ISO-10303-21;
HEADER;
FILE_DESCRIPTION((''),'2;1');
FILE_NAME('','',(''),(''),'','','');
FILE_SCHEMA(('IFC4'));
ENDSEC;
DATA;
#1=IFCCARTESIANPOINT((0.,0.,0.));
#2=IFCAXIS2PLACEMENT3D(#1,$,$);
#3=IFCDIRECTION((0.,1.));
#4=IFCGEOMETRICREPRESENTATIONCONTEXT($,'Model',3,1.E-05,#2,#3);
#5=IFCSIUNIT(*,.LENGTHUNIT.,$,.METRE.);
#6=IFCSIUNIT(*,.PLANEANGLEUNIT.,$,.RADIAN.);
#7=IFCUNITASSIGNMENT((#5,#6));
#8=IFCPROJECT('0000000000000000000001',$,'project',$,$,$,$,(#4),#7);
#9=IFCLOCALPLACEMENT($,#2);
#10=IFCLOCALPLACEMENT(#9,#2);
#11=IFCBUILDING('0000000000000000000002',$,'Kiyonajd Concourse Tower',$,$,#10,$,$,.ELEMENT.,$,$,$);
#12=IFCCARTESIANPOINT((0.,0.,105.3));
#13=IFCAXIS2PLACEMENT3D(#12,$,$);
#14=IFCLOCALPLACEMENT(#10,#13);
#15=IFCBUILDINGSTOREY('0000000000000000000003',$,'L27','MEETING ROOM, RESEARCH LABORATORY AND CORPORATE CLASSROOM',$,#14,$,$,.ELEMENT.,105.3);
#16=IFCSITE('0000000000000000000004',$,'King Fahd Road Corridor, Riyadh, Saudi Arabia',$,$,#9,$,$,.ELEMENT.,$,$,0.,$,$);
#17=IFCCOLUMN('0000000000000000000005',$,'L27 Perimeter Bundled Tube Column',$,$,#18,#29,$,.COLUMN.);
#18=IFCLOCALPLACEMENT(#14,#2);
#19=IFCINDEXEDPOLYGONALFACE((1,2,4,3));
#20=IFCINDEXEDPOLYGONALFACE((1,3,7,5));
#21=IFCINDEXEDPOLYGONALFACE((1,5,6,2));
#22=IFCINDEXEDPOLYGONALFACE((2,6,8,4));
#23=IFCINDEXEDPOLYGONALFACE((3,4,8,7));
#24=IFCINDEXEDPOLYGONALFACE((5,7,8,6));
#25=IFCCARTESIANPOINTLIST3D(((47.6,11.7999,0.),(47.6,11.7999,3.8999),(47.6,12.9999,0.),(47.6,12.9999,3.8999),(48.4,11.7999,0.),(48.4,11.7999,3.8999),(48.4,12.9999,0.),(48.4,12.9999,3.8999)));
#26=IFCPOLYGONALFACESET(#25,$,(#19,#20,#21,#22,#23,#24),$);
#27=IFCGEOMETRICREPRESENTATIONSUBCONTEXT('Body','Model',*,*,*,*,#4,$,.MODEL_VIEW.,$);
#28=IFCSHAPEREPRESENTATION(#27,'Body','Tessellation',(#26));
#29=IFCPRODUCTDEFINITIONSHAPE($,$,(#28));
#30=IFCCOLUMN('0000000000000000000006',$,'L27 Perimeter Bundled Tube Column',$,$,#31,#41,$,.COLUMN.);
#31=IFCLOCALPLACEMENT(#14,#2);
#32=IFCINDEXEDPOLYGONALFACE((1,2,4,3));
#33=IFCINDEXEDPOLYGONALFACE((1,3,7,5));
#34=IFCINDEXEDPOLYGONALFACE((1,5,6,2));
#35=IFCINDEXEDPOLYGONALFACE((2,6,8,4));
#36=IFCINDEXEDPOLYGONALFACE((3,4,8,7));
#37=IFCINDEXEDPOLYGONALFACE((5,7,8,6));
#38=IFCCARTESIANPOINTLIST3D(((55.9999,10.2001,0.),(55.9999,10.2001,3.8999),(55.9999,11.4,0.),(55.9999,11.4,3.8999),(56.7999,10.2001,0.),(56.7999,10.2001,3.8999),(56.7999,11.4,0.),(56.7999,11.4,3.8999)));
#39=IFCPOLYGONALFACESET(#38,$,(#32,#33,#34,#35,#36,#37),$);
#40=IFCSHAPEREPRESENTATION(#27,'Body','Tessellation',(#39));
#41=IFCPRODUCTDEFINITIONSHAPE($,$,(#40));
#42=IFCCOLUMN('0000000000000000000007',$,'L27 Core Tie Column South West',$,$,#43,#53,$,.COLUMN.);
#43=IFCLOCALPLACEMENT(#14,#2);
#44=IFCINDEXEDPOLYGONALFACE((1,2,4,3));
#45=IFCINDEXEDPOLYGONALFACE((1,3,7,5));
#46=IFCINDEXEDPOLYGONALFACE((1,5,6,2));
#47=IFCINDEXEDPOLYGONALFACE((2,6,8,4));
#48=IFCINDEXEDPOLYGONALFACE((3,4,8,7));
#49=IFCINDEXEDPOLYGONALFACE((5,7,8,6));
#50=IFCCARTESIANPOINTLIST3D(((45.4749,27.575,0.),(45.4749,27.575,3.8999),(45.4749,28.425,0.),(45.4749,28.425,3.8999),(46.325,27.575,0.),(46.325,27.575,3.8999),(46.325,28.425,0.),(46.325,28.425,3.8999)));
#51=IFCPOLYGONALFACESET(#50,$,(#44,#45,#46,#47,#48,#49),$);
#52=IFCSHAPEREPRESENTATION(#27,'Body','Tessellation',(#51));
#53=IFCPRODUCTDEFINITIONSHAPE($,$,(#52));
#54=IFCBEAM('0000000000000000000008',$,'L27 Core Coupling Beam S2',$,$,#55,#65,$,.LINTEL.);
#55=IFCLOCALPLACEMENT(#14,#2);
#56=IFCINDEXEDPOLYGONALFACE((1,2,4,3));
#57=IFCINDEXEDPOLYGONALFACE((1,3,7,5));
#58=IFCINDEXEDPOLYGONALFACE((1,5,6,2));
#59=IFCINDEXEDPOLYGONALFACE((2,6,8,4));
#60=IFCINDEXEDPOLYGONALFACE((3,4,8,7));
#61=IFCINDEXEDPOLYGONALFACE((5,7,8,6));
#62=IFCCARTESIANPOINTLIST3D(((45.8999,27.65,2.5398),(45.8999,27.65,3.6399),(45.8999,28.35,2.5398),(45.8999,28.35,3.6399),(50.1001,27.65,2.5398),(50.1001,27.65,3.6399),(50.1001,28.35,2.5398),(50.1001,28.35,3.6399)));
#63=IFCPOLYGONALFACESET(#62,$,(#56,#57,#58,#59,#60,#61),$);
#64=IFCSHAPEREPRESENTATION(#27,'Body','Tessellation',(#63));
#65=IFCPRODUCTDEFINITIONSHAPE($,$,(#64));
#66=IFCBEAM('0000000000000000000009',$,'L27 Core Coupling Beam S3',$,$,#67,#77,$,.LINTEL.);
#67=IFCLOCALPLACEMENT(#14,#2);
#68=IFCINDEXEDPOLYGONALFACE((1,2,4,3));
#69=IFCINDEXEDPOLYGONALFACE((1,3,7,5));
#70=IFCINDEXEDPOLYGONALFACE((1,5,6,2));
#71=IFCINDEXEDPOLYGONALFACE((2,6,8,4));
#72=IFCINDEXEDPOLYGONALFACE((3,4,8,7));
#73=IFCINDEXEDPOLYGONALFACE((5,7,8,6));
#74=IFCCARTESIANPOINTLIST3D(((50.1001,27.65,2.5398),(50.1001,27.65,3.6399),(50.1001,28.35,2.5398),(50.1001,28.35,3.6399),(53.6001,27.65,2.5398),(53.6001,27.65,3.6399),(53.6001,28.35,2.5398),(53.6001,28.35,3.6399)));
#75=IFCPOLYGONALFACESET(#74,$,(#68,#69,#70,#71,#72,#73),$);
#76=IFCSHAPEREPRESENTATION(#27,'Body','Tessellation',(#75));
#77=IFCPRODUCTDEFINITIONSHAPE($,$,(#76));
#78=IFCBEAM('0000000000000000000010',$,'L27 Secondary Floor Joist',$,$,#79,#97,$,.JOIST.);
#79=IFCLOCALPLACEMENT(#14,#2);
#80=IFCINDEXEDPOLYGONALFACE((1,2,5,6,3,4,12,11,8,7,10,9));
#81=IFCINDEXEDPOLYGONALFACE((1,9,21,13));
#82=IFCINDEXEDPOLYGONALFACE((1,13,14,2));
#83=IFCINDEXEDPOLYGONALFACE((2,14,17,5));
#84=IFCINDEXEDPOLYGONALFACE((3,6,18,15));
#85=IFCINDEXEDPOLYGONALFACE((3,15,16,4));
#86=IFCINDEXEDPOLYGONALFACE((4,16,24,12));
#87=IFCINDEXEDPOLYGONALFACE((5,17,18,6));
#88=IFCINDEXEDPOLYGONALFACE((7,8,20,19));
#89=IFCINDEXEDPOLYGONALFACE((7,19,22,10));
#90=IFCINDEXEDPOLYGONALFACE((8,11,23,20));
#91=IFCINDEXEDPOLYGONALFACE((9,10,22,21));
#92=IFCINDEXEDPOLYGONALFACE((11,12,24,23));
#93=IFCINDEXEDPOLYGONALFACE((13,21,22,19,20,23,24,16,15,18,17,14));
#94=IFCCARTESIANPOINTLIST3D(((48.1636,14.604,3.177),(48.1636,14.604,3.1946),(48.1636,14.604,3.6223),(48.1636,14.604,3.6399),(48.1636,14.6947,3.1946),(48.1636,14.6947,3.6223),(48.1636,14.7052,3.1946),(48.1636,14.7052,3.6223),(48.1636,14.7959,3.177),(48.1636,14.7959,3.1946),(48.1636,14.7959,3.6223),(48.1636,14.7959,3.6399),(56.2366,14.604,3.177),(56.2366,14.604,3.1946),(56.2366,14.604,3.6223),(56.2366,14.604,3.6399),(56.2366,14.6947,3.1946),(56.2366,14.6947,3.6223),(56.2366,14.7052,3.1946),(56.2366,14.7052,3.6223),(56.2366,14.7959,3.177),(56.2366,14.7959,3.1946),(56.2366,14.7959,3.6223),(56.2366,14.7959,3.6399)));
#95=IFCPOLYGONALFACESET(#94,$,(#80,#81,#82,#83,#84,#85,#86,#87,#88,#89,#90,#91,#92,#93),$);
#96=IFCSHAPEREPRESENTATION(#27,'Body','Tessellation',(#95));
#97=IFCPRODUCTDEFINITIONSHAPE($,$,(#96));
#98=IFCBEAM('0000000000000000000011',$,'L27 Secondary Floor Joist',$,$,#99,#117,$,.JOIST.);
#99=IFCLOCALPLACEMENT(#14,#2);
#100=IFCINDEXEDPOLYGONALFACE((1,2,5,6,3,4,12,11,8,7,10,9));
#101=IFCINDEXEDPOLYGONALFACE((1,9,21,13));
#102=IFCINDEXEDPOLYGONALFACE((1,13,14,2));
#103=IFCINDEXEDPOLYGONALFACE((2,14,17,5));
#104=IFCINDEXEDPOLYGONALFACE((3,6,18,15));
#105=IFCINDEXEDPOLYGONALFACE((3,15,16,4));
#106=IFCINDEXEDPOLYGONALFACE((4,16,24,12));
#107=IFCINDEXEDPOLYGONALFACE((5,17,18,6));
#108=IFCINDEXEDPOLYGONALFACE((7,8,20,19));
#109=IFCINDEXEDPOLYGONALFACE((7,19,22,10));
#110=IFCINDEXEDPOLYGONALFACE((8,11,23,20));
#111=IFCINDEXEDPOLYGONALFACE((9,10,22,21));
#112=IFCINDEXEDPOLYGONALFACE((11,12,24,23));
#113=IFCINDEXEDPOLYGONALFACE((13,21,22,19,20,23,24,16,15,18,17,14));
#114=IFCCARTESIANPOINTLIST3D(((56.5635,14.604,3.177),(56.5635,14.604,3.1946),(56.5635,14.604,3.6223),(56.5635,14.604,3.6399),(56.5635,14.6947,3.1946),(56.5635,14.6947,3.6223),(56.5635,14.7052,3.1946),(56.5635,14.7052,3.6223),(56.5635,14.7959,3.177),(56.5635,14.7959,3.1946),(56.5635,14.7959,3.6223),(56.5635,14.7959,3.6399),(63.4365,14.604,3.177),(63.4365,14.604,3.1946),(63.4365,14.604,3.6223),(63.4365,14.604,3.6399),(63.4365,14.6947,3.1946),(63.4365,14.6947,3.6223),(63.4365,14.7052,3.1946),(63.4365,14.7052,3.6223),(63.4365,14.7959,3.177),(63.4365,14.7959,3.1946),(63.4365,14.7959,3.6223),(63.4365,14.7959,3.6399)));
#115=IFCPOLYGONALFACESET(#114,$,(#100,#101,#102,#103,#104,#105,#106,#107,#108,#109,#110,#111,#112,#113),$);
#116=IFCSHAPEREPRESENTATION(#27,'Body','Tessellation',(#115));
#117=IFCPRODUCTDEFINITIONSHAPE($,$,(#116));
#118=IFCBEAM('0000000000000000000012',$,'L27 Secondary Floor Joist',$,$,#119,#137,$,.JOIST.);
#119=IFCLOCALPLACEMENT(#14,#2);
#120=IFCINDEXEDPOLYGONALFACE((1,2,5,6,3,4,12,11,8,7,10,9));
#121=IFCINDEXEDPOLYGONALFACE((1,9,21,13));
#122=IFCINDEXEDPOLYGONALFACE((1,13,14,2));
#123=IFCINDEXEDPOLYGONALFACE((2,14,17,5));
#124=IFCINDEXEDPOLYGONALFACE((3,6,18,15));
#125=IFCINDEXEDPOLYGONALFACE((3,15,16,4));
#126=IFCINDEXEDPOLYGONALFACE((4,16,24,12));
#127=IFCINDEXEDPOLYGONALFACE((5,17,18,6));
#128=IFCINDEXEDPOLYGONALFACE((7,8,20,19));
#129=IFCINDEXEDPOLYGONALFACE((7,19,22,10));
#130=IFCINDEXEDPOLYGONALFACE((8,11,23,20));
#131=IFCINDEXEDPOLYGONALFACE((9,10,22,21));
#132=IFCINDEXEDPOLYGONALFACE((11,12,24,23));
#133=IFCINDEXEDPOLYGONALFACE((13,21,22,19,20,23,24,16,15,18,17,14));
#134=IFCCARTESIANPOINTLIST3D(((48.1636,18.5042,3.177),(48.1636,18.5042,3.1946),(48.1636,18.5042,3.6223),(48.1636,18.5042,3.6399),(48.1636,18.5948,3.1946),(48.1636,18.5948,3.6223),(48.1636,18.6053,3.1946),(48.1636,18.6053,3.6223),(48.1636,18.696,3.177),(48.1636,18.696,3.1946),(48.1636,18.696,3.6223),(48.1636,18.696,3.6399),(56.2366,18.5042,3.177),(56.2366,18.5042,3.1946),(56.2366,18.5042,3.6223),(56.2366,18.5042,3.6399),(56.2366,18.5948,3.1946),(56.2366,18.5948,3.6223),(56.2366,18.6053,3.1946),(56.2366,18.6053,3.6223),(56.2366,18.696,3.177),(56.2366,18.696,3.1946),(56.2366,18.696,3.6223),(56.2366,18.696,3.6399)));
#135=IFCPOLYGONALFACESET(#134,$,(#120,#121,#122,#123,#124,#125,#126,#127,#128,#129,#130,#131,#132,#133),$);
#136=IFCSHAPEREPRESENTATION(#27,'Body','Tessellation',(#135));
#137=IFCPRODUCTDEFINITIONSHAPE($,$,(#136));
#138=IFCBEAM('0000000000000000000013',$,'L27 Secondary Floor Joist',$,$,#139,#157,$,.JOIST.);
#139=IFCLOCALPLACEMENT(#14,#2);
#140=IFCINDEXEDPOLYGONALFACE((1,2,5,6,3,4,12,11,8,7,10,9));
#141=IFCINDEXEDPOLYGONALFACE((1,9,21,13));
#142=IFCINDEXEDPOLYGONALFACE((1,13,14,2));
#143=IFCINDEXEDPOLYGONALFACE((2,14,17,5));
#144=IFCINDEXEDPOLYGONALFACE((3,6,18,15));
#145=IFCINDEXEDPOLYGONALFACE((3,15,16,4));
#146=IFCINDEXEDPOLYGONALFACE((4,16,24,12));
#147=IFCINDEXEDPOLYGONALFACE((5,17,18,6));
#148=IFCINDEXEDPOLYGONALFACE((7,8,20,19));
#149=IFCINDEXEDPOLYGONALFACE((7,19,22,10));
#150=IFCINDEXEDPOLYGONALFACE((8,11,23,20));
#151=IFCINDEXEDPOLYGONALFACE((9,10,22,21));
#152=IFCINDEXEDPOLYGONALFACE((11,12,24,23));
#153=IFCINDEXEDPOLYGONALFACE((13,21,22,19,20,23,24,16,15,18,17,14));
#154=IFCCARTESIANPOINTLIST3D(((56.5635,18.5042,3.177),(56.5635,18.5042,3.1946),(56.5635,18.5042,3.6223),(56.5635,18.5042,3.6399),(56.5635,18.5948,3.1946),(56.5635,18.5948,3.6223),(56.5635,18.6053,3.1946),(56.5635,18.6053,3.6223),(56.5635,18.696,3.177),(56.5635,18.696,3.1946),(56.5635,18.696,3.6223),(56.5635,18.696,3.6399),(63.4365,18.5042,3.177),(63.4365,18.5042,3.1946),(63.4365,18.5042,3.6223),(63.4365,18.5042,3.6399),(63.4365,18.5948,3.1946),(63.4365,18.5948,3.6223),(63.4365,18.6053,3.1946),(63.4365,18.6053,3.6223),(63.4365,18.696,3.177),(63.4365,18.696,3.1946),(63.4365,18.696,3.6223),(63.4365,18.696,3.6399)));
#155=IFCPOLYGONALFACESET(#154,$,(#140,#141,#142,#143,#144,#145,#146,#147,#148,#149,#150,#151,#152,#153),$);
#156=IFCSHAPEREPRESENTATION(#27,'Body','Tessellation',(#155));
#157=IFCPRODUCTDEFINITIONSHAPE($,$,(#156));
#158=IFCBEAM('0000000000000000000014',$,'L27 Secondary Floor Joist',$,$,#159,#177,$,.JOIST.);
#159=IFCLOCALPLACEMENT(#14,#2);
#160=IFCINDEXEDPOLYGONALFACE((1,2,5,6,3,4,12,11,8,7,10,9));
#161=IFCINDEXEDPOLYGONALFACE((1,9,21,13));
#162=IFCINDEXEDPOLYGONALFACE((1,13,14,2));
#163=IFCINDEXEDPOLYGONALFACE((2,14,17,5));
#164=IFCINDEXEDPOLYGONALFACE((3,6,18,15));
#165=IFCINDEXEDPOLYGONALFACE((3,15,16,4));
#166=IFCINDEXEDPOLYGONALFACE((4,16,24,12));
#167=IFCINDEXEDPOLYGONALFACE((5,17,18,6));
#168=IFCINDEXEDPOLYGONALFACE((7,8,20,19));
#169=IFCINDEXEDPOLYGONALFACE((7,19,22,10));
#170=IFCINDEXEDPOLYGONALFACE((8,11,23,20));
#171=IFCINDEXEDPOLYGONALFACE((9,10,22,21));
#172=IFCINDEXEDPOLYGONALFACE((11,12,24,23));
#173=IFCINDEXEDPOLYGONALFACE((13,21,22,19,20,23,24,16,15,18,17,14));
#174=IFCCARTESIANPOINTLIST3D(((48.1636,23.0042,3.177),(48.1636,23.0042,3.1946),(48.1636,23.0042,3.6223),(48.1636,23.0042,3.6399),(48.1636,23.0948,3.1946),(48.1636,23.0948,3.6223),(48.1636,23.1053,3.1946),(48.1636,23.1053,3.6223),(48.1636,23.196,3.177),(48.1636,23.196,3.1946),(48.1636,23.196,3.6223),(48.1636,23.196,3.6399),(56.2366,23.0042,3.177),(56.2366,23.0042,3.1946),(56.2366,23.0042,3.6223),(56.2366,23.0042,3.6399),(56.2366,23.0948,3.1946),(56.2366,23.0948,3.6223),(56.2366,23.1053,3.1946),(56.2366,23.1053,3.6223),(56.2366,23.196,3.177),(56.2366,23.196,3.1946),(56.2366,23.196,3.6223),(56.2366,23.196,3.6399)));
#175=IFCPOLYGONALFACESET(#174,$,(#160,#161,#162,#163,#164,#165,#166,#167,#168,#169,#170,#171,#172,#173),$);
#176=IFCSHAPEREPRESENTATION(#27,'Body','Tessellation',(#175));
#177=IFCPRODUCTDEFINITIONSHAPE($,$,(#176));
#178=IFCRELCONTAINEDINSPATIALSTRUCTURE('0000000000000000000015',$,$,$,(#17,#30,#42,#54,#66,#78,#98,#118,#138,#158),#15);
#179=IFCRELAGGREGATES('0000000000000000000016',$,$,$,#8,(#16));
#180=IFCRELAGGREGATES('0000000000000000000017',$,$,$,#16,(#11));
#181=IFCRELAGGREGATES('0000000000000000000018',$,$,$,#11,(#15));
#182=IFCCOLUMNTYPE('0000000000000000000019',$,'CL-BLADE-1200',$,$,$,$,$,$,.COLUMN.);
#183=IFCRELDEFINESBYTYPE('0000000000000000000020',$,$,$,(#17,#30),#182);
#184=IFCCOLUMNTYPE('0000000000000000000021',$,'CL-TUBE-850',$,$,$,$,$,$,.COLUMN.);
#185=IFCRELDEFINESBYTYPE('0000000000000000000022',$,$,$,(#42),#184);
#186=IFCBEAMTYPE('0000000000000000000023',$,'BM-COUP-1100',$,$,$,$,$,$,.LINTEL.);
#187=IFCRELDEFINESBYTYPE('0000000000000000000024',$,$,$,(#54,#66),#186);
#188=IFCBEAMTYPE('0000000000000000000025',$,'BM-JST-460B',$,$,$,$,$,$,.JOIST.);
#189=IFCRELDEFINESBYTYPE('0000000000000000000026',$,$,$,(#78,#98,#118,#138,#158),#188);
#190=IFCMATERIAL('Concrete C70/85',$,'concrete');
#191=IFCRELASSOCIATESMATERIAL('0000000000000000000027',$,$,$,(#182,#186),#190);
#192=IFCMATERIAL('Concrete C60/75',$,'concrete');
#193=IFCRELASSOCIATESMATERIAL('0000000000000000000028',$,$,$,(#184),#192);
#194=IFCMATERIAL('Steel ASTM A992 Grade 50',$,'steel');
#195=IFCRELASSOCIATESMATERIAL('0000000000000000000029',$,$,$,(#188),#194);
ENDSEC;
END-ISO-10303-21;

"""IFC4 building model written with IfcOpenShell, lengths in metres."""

from ifc_helpers import new_model, si_unit, direction, frame, origin, origin_2d, place, context, subcontext, project, spatial, rectangle, i_section, extrude, material, material_profile, profile_set, type_object, element, save


model = new_model("IFC4")

# Units and contexts
model_context = context("Model", 3, precision=1e-05, world=origin(), true_north=direction((0.0, 1.0)))
body_context = subcontext(model_context, "Body", "Model", "MODEL_VIEW")
ifc_project = project(units=[si_unit("LENGTHUNIT", "METRE"), si_unit("PLANEANGLEUNIT", "RADIAN")], contexts=[model_context])

# Site, building, storey
site_placement = place(None, origin())
site = spatial("IfcSite", under=ifc_project, at=site_placement, Name="King Fahd Road Corridor, Riyadh, Saudi Arabia", CompositionType="ELEMENT", RefElevation=0.0)
building_placement = place(site_placement, origin())
building = spatial("IfcBuilding", under=site, at=building_placement, Name="Kiyonajd Concourse Tower", CompositionType="ELEMENT")
storey_placement = place(building_placement, frame((0.0, 0.0, 105.3)))
storey = spatial("IfcBuildingStorey", under=building, at=storey_placement, Name="L27", Description="MEETING ROOM, RESEARCH LABORATORY AND CORPORATE CLASSROOM", CompositionType="ELEMENT", Elevation=105.3)

# Columns
ifc_material_1 = material(Name="Concrete C70/85", Category="concrete")
ifc_material_profile_1 = material_profile(ifc_material_1, rectangle(XDim=0.8, YDim=1.2, at=origin_2d()), Name="RC-1200x800")
ifc_profile_set_1 = profile_set([ifc_material_profile_1], Name="Concrete C70/85")
column_type_1 = type_object("IfcColumnType", Name="CL-BLADE-1200", PredefinedType="COLUMN", material=ifc_profile_set_1)
for number, where, z_axis, x_axis, name in (
    (1, (48.0, 12.3999, 0.0), (0.0, 0.0, 1.0), (1.0, 0.0, 0.0), "L27 Perimeter Bundled Tube Column"),
    (2, (56.3999, 10.8, 0.0), (0.0, 0.0, 1.0), (1.0, 0.0, 0.0), "L27 Perimeter Bundled Tube Column"),
):
    element("IfcColumn", number, at=place(storey_placement, frame(where, z_axis=z_axis, x_axis=x_axis)), inside=storey, type_object=column_type_1, Name=name, PredefinedType="COLUMN", context=body_context, shape_type="SweptSolid", body=[
        extrude(rectangle(XDim=0.8, YDim=1.2, at=origin_2d()), origin(), (0.0, 0.0, 1.0), 3.8999),
    ])
ifc_material_2 = material(Name="Concrete C60/75", Category="concrete")
ifc_material_profile_2 = material_profile(ifc_material_2, rectangle(XDim=0.8501, YDim=0.8501, at=origin_2d()), Name="RC-850x850")
ifc_profile_set_2 = profile_set([ifc_material_profile_2], Name="Concrete C60/75")
column_type_2 = type_object("IfcColumnType", Name="CL-TUBE-850", PredefinedType="COLUMN", material=ifc_profile_set_2)
column_placement = place(storey_placement, frame((45.8999, 28.0, 0.0), z_axis=(0.0, 0.0, 1.0), x_axis=(1.0, 0.0, 0.0)))
element("IfcColumn", 3, at=column_placement, inside=storey, type_object=column_type_2, Name="L27 Core Tie Column South West", PredefinedType="COLUMN", context=body_context, shape_type="SweptSolid", body=[
    extrude(rectangle(XDim=0.8501, YDim=0.8501, at=origin_2d()), origin(), (0.0, 0.0, 1.0), 3.8999),
])

# Beams
ifc_material_profile_3 = material_profile(ifc_material_1, rectangle(XDim=0.7, YDim=1.1001, at=origin_2d()), Name="RCBM-700x1100")
ifc_profile_set_3 = profile_set([ifc_material_profile_3], Name="Concrete C70/85")
beam_type_1 = type_object("IfcBeamType", Name="BM-COUP-1100", PredefinedType="LINTEL", material=ifc_profile_set_3)
beam_1_placement = place(storey_placement, frame((45.8999, 28.0, 3.0898), z_axis=(1.0, 0.0, 0.0), x_axis=(0.0, 1.0, 0.0)))
element("IfcBeam", 4, at=beam_1_placement, inside=storey, type_object=beam_type_1, Name="L27 Core Coupling Beam S2", PredefinedType="LINTEL", context=body_context, shape_type="SweptSolid", body=[
    extrude(rectangle(XDim=0.7, YDim=1.1001, at=origin_2d()), origin(), (0.0, 0.0, 1.0), 4.2002),
])
beam_2_placement = place(storey_placement, frame((50.1001, 28.0, 3.0898), z_axis=(1.0, 0.0, 0.0), x_axis=(0.0, 1.0, 0.0)))
element("IfcBeam", 5, at=beam_2_placement, inside=storey, type_object=beam_type_1, Name="L27 Core Coupling Beam S3", PredefinedType="LINTEL", context=body_context, shape_type="SweptSolid", body=[
    extrude(rectangle(XDim=0.7, YDim=1.1001, at=origin_2d()), origin(), (0.0, 0.0, 1.0), 3.5),
])
ifc_material_3 = material(Name="Steel ASTM A992 Grade 50", Category="steel")
ifc_material_profile_4 = material_profile(ifc_material_3, i_section(OverallWidth=0.1919, OverallDepth=0.4629, WebThickness=0.0105, FlangeThickness=0.0176, at=origin_2d()), Name="W460X89")
ifc_profile_set_4 = profile_set([ifc_material_profile_4], Name="Steel ASTM A992 Grade 50")
beam_type_2 = type_object("IfcBeamType", Name="BM-JST-460B", PredefinedType="JOIST", material=ifc_profile_set_4)
beam_3_placement = place(storey_placement, frame((48.1636, 14.7, 3.4084), z_axis=(1.0, 0.0, 0.0), x_axis=(0.0, 1.0, 0.0)))
element("IfcBeam", 6, at=beam_3_placement, inside=storey, type_object=beam_type_2, Name="L27 Secondary Floor Joist", PredefinedType="JOIST", context=body_context, shape_type="SweptSolid", body=[
    extrude(i_section(OverallWidth=0.1919, OverallDepth=0.4629, WebThickness=0.0105, FlangeThickness=0.0176, at=origin_2d()), origin(), (0.0, 0.0, 1.0), 8.073),
])
beam_4_placement = place(storey_placement, frame((56.5635, 14.7, 3.4084), z_axis=(1.0, 0.0, 0.0), x_axis=(0.0, 1.0, 0.0)))
element("IfcBeam", 7, at=beam_4_placement, inside=storey, type_object=beam_type_2, Name="L27 Secondary Floor Joist", PredefinedType="JOIST", context=body_context, shape_type="SweptSolid", body=[
    extrude(i_section(OverallWidth=0.1919, OverallDepth=0.4629, WebThickness=0.0105, FlangeThickness=0.0176, at=origin_2d()), origin(), (0.0, 0.0, 1.0), 6.873),
])
beam_5_placement = place(storey_placement, frame((48.1636, 18.6001, 3.4084), z_axis=(1.0, 0.0, 0.0), x_axis=(0.0, 1.0, 0.0)))
element("IfcBeam", 8, at=beam_5_placement, inside=storey, type_object=beam_type_2, Name="L27 Secondary Floor Joist", PredefinedType="JOIST", context=body_context, shape_type="SweptSolid", body=[
    extrude(i_section(OverallWidth=0.1919, OverallDepth=0.4629, WebThickness=0.0105, FlangeThickness=0.0176, at=origin_2d()), origin(), (0.0, 0.0, 1.0), 8.073),
])
beam_6_placement = place(storey_placement, frame((56.5635, 18.6001, 3.4084), z_axis=(1.0, 0.0, 0.0), x_axis=(0.0, 1.0, 0.0)))
element("IfcBeam", 9, at=beam_6_placement, inside=storey, type_object=beam_type_2, Name="L27 Secondary Floor Joist", PredefinedType="JOIST", context=body_context, shape_type="SweptSolid", body=[
    extrude(i_section(OverallWidth=0.1919, OverallDepth=0.4629, WebThickness=0.0105, FlangeThickness=0.0176, at=origin_2d()), origin(), (0.0, 0.0, 1.0), 6.873),
])
beam_7_placement = place(storey_placement, frame((48.1636, 23.1001, 3.4084), z_axis=(1.0, 0.0, 0.0), x_axis=(0.0, 1.0, 0.0)))
element("IfcBeam", 10, at=beam_7_placement, inside=storey, type_object=beam_type_2, Name="L27 Secondary Floor Joist", PredefinedType="JOIST", context=body_context, shape_type="SweptSolid", body=[
    extrude(i_section(OverallWidth=0.1919, OverallDepth=0.4629, WebThickness=0.0105, FlangeThickness=0.0176, at=origin_2d()), origin(), (0.0, 0.0, 1.0), 8.073),
])

save(model, "model.ifc")
